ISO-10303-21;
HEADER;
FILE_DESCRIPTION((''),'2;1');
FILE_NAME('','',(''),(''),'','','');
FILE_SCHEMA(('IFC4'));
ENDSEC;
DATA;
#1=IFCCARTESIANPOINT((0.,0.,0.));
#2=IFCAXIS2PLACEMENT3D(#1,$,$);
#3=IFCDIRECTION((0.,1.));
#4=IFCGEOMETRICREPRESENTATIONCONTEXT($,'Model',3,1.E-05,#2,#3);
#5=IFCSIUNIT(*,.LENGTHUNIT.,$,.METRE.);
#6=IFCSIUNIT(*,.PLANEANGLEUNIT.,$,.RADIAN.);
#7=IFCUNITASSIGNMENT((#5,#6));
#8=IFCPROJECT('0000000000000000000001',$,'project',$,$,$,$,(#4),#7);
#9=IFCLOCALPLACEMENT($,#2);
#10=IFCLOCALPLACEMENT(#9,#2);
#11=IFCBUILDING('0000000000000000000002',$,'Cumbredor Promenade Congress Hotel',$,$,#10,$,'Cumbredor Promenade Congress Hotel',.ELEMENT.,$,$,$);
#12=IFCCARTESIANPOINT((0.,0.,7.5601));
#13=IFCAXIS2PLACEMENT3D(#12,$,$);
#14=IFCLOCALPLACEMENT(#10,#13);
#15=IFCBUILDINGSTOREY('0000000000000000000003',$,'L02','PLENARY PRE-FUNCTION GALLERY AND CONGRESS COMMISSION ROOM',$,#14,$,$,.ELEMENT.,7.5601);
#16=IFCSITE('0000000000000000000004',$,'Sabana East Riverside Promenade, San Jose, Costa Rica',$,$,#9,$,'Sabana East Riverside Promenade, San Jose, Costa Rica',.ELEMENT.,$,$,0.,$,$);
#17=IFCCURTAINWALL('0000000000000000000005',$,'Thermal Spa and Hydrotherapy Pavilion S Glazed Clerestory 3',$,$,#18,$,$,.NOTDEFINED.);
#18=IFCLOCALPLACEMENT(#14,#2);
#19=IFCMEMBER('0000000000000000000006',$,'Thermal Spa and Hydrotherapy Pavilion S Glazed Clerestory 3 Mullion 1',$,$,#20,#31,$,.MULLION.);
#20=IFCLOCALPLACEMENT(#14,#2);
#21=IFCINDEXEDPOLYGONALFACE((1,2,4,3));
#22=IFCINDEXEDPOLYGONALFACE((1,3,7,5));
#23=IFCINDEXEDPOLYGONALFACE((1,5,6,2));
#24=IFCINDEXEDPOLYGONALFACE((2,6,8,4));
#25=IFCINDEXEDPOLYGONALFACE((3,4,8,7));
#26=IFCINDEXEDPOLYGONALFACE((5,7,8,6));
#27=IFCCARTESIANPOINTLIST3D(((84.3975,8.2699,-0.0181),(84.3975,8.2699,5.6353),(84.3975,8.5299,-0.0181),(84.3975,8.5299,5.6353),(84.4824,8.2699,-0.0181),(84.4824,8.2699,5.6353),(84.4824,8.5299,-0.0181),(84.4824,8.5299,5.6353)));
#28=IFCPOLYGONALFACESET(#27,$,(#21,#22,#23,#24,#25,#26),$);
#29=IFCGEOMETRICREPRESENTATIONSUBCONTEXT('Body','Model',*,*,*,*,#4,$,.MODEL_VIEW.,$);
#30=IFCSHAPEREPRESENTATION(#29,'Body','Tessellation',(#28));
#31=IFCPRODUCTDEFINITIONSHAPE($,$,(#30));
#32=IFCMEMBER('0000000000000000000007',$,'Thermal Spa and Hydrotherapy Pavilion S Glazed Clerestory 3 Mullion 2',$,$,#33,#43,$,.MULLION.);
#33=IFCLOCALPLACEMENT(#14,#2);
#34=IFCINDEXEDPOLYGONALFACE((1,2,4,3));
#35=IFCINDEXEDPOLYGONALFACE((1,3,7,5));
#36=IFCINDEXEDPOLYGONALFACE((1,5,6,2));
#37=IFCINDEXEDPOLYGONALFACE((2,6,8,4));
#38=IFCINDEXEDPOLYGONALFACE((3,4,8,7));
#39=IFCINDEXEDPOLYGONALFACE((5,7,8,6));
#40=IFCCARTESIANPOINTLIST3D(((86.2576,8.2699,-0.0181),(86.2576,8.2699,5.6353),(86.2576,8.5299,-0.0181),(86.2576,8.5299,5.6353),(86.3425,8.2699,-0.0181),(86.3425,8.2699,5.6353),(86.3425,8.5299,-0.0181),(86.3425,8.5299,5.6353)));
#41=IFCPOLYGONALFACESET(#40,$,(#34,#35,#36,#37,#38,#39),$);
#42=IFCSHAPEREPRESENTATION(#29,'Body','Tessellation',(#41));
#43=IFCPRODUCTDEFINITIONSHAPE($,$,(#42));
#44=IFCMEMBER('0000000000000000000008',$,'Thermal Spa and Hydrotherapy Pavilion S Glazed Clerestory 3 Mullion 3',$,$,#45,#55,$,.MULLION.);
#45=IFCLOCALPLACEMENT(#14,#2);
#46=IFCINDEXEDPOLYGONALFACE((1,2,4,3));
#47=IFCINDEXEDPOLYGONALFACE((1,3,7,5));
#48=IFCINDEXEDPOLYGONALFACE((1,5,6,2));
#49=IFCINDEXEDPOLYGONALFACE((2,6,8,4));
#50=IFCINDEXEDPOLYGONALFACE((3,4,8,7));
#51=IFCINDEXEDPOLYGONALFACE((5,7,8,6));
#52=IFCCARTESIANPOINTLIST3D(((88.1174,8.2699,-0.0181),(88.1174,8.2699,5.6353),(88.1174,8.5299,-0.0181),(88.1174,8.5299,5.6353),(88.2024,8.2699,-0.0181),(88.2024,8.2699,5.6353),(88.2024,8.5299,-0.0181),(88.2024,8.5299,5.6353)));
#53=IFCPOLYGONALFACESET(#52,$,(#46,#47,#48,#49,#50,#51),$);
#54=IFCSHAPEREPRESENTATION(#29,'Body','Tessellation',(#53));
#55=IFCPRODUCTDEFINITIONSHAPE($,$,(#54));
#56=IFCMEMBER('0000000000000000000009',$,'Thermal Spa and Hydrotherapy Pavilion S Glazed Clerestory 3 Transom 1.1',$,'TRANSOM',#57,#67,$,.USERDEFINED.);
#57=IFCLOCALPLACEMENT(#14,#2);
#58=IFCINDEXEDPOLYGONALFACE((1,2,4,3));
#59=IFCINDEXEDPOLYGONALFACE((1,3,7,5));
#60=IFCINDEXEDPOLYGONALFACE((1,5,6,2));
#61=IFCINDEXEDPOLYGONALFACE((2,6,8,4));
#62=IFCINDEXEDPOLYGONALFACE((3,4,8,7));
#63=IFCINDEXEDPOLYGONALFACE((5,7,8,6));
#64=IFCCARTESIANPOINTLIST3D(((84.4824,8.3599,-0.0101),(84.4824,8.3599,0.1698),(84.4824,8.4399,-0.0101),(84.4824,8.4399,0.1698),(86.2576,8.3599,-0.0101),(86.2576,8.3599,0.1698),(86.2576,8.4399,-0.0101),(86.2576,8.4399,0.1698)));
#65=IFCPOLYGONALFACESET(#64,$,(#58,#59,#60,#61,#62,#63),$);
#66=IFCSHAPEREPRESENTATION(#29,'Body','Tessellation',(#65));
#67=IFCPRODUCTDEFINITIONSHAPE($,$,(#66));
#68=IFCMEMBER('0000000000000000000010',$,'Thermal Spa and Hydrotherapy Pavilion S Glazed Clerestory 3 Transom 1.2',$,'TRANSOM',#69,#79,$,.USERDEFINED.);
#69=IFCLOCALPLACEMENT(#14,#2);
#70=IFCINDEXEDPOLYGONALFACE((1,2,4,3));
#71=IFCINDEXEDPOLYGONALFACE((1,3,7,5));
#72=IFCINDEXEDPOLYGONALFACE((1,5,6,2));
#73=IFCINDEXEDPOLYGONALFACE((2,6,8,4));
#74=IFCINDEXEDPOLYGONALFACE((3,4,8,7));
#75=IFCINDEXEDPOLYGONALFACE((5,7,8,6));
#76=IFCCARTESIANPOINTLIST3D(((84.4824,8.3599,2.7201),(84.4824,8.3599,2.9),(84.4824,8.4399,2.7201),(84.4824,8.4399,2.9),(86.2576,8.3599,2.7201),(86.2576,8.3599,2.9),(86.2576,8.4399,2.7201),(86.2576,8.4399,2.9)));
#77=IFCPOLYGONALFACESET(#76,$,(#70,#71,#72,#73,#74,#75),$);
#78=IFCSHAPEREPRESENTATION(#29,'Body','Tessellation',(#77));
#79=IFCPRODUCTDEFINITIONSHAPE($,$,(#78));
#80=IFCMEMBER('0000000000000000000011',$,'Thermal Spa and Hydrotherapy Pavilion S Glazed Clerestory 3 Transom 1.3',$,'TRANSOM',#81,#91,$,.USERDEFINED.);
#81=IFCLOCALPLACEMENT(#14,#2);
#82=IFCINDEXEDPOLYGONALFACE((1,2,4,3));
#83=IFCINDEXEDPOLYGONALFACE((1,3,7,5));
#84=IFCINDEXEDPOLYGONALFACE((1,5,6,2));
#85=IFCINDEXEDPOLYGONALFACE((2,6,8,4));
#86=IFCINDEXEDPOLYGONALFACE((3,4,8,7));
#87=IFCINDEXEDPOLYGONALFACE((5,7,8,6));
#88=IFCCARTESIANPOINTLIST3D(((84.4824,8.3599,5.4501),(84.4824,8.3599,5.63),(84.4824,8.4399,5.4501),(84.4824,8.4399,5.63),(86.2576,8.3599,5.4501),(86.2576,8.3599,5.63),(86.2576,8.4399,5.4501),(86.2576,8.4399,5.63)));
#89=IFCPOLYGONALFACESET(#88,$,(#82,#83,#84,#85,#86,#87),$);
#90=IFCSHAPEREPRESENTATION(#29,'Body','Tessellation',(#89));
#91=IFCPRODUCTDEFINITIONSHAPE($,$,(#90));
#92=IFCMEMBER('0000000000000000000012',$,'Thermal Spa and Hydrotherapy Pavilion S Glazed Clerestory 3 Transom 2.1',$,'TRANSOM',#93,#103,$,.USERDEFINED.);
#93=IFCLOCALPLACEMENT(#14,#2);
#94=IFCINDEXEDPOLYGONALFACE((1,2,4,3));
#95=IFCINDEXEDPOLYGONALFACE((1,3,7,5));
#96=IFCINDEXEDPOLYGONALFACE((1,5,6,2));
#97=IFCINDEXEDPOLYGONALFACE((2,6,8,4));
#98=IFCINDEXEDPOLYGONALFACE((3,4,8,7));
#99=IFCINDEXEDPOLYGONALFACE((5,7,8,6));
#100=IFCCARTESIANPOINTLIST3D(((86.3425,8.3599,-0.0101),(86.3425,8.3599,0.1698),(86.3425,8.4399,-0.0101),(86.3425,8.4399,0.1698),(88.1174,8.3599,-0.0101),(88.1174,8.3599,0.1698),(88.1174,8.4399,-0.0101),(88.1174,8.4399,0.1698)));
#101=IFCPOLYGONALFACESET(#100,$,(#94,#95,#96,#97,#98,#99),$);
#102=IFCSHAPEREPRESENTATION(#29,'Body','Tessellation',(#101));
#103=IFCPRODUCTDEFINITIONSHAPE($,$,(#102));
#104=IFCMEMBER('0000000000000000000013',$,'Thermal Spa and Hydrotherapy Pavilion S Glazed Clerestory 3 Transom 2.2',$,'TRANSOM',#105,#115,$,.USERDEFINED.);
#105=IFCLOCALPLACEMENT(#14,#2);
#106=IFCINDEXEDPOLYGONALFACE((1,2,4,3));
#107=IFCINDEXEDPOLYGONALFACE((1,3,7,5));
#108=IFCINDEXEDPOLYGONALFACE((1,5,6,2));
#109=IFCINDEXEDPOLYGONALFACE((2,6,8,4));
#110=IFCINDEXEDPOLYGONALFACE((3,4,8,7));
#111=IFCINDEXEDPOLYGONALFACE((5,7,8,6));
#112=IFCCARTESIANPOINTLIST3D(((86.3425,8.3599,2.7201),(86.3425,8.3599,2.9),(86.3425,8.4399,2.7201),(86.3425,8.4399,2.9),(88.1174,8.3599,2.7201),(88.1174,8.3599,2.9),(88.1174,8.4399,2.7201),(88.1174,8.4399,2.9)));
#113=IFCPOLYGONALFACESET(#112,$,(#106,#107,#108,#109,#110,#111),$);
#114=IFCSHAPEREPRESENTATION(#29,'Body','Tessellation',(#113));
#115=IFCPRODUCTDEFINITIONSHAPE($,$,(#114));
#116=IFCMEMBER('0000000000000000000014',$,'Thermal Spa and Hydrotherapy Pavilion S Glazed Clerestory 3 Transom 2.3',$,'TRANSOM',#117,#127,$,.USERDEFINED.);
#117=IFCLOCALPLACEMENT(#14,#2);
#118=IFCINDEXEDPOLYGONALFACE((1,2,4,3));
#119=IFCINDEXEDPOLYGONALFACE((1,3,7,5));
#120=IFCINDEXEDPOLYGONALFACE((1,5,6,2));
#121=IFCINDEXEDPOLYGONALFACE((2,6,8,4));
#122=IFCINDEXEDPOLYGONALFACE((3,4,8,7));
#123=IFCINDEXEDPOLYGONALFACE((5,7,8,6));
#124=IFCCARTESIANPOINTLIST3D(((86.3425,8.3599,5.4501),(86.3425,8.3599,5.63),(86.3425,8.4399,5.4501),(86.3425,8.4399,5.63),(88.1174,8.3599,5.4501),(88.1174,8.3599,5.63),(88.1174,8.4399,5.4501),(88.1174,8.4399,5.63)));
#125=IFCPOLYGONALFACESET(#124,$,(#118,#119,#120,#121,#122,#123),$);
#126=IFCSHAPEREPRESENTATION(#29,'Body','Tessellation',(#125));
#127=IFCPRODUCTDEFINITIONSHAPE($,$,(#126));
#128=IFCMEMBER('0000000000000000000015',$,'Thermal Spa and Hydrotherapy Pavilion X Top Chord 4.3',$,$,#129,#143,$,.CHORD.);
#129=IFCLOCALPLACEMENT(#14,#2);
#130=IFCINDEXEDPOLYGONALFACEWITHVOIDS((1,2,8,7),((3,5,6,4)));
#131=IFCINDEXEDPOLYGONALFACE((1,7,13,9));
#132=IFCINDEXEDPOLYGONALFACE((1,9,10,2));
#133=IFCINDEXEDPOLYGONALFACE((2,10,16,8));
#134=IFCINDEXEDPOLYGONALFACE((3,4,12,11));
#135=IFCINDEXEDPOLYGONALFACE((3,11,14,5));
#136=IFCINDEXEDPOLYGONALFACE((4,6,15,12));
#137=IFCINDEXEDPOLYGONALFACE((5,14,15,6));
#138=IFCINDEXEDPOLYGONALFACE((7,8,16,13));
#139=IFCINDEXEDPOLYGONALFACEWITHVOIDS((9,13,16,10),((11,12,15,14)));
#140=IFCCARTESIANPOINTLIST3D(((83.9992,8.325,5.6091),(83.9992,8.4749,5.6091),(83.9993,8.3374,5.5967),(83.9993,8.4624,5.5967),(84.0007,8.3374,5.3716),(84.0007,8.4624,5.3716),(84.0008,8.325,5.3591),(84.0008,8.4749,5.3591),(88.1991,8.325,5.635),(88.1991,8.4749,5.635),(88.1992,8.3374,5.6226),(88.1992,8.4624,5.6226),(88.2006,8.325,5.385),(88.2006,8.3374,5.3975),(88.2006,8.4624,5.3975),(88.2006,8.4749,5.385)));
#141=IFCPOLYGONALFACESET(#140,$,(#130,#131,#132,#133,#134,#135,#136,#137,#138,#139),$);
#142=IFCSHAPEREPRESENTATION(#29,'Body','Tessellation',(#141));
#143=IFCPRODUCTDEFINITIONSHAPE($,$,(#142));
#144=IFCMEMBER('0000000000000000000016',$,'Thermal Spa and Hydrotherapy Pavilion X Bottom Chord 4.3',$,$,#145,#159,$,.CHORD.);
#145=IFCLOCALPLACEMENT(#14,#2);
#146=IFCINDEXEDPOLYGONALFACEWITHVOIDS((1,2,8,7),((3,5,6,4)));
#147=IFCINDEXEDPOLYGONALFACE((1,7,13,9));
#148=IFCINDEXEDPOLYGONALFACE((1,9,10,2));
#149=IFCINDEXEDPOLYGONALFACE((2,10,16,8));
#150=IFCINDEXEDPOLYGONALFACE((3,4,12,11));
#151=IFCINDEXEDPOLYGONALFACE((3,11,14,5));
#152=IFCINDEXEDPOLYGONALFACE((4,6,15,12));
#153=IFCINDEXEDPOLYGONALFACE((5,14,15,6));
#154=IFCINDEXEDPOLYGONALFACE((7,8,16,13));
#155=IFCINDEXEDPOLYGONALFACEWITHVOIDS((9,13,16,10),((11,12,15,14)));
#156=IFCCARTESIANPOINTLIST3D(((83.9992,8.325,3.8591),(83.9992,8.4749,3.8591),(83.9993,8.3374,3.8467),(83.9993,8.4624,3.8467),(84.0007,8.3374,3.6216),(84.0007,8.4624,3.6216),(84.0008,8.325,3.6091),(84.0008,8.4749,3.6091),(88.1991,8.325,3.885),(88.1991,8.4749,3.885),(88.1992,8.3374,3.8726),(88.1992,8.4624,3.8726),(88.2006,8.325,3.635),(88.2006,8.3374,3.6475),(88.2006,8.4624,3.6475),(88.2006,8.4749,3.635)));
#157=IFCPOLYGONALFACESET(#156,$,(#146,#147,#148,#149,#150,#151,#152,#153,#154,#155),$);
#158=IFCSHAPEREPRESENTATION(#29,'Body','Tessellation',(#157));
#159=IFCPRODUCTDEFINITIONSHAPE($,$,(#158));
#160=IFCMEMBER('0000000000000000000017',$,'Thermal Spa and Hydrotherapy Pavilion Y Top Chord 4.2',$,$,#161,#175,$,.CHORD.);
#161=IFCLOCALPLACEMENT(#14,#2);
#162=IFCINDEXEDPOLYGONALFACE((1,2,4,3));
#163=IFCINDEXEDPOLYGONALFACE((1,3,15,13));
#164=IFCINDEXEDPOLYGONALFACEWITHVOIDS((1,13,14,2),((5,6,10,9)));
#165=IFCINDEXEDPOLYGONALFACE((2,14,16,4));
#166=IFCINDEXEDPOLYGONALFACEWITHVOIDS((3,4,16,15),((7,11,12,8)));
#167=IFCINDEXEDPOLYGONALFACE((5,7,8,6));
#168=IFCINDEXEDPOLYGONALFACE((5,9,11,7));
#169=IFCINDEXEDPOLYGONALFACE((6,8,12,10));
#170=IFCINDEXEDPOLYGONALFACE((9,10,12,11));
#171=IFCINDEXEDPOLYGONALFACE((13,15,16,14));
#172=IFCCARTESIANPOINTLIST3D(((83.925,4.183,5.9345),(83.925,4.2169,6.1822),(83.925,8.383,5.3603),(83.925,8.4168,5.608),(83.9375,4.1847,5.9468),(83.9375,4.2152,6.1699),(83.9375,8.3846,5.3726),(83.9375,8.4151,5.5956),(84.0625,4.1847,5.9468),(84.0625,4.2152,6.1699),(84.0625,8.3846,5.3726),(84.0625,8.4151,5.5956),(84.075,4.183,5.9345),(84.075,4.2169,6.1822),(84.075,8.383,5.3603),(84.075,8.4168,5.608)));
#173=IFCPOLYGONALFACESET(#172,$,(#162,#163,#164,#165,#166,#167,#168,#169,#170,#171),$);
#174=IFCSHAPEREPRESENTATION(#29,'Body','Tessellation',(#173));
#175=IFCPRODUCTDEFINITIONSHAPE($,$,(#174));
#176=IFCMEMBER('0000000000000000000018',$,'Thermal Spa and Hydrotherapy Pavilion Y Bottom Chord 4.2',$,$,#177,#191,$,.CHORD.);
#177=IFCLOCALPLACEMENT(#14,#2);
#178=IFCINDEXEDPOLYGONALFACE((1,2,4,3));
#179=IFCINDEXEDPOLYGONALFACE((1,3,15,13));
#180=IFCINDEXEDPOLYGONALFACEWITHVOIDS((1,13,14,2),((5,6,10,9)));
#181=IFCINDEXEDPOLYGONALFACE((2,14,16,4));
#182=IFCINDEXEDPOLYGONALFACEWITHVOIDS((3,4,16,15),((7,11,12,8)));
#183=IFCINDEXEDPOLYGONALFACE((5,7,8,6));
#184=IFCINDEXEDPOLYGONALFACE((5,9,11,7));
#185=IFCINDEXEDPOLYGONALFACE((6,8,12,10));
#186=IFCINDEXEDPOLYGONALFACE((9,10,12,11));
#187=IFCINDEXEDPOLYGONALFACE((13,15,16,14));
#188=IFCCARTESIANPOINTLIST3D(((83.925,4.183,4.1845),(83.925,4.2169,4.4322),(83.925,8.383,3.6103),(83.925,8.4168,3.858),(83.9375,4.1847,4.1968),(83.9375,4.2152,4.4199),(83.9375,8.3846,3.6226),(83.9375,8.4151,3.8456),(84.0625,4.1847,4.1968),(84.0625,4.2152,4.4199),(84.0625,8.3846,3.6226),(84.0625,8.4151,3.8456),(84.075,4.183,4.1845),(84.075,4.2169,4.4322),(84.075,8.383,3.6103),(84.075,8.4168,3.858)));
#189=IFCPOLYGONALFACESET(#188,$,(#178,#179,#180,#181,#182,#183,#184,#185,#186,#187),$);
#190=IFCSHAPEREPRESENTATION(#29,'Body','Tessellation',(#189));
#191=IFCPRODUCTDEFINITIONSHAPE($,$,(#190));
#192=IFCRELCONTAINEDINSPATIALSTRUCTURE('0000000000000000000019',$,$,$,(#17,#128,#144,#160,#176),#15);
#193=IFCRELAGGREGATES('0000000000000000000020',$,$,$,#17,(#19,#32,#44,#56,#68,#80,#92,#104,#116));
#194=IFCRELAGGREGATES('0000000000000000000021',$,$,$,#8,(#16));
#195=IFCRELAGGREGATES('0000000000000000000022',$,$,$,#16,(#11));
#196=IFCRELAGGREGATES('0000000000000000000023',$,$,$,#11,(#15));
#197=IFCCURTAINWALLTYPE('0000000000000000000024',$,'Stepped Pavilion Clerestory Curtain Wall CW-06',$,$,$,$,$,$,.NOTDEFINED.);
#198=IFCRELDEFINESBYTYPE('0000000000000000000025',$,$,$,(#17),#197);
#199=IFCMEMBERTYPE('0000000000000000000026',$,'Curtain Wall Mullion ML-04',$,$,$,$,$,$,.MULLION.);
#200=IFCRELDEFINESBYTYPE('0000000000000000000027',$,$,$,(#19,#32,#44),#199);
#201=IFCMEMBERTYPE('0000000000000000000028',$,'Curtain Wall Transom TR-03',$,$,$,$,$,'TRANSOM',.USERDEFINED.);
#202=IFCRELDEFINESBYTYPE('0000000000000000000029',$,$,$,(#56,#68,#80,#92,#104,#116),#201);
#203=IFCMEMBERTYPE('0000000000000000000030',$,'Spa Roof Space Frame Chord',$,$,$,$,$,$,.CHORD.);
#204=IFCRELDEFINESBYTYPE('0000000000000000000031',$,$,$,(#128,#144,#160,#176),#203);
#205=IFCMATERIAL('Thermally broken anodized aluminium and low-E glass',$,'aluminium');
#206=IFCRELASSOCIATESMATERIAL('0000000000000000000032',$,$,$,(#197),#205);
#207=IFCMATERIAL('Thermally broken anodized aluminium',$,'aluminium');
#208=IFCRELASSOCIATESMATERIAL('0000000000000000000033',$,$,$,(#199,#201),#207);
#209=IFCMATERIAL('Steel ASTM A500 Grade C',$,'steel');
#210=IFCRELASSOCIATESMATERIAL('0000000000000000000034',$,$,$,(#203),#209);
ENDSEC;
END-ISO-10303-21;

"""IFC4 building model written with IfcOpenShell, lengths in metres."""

from ifc_helpers import new_model, si_unit, direction, frame, origin, origin_2d, place, context, subcontext, project, spatial, rectangle, hollow_rectangle, extrude, material, material_profile, profile_set, type_object, element, aggregate, save


model = new_model("IFC4")

# Units and contexts
model_context = context("Model", 3, precision=1e-05, world=origin(), true_north=direction((0.0, 1.0)))
body_context = subcontext(model_context, "Body", "Model", "MODEL_VIEW")
ifc_project = project(units=[si_unit("LENGTHUNIT", "METRE"), si_unit("PLANEANGLEUNIT", "RADIAN")], contexts=[model_context])

# Site, building, storey
site_placement = place(None, origin())
site = spatial("IfcSite", under=ifc_project, at=site_placement, Name="Sabana East Riverside Promenade, San Jose, Costa Rica", LongName="Sabana East Riverside Promenade, San Jose, Costa Rica", CompositionType="ELEMENT", RefElevation=0.0)
building_placement = place(site_placement, origin())
building = spatial("IfcBuilding", under=site, at=building_placement, Name="Cumbredor Promenade Congress Hotel", LongName="Cumbredor Promenade Congress Hotel", CompositionType="ELEMENT")
storey_placement = place(building_placement, frame((0.0, 0.0, 7.5601)))
storey = spatial("IfcBuildingStorey", under=building, at=storey_placement, Name="L02", Description="PLENARY PRE-FUNCTION GALLERY AND CONGRESS COMMISSION ROOM", CompositionType="ELEMENT", Elevation=7.5601)

# Curtain wall, members
ifc_material_1 = material(Name="Thermally broken anodized aluminium and low-E glass", Category="aluminium")
curtain_wall_type = type_object("IfcCurtainWallType", Name="Stepped Pavilion Clerestory Curtain Wall CW-06", PredefinedType="NOTDEFINED", material=ifc_material_1)
curtain_wall_placement = place(storey_placement, origin())
curtain_wall = element("IfcCurtainWall", 1, at=curtain_wall_placement, inside=storey, type_object=curtain_wall_type, Name="Thermal Spa and Hydrotherapy Pavilion S Glazed Clerestory 3", PredefinedType="NOTDEFINED")
ifc_material_2 = material(Name="Thermally broken anodized aluminium", Category="aluminium")
ifc_material_profile_1 = material_profile(ifc_material_2, rectangle(XDim=0.085, YDim=0.26, at=origin_2d()), Name="ALU MULLION CLERESTORY 85x260")
ifc_profile_set_1 = profile_set([ifc_material_profile_1], Name="Thermally broken anodized aluminium")
member_type_1 = type_object("IfcMemberType", Name="Curtain Wall Mullion ML-04", PredefinedType="MULLION", material=ifc_profile_set_1)
member_1_placement = place(storey_placement, frame((84.4399, 8.3999, -0.0181), z_axis=(0.0, 0.0, 1.0), x_axis=(1.0, 0.0, 0.0)))
member_1 = element("IfcMember", 2, at=member_1_placement, type_object=member_type_1, Name="Thermal Spa and Hydrotherapy Pavilion S Glazed Clerestory 3 Mullion 1", PredefinedType="MULLION", context=body_context, shape_type="SweptSolid", body=[
    extrude(rectangle(XDim=0.085, YDim=0.26, at=origin_2d()), origin(), (0.0, 0.0, 1.0), 5.6533),
])
member_2_placement = place(storey_placement, frame((86.3, 8.3999, -0.0181), z_axis=(0.0, 0.0, 1.0), x_axis=(1.0, 0.0, 0.0)))
member_2 = element("IfcMember", 3, at=member_2_placement, type_object=member_type_1, Name="Thermal Spa and Hydrotherapy Pavilion S Glazed Clerestory 3 Mullion 2", PredefinedType="MULLION", context=body_context, shape_type="SweptSolid", body=[
    extrude(rectangle(XDim=0.085, YDim=0.26, at=origin_2d()), origin(), (0.0, 0.0, 1.0), 5.6533),
])
member_3_placement = place(storey_placement, frame((88.1599, 8.3999, -0.0181), z_axis=(0.0, 0.0, 1.0), x_axis=(1.0, 0.0, 0.0)))
member_3 = element("IfcMember", 4, at=member_3_placement, type_object=member_type_1, Name="Thermal Spa and Hydrotherapy Pavilion S Glazed Clerestory 3 Mullion 3", PredefinedType="MULLION", context=body_context, shape_type="SweptSolid", body=[
    extrude(rectangle(XDim=0.085, YDim=0.26, at=origin_2d()), origin(), (0.0, 0.0, 1.0), 5.6533),
])
ifc_material_profile_2 = material_profile(ifc_material_2, rectangle(XDim=0.0801, YDim=0.1799, at=origin_2d()), Name="ALU TRANSOM 80x180")
ifc_profile_set_2 = profile_set([ifc_material_profile_2], Name="Thermally broken anodized aluminium")
member_type_2 = type_object("IfcMemberType", Name="Curtain Wall Transom TR-03", ElementType="TRANSOM", PredefinedType="USERDEFINED", material=ifc_profile_set_2)
member_4_placement = place(storey_placement, frame((84.4824, 8.3999, 0.0798), z_axis=(1.0, 0.0, 0.0), x_axis=(0.0, 1.0, 0.0)))
member_4 = element("IfcMember", 5, at=member_4_placement, type_object=member_type_2, Name="Thermal Spa and Hydrotherapy Pavilion S Glazed Clerestory 3 Transom 1.1", ObjectType="TRANSOM", PredefinedType="USERDEFINED", context=body_context, shape_type="SweptSolid", body=[
    extrude(rectangle(XDim=0.0801, YDim=0.1799, at=origin_2d()), origin(), (0.0, 0.0, 1.0), 1.7751),
])
member_5_placement = place(storey_placement, frame((84.4824, 8.3999, 2.8101), z_axis=(1.0, 0.0, 0.0), x_axis=(0.0, 1.0, 0.0)))
member_5 = element("IfcMember", 6, at=member_5_placement, type_object=member_type_2, Name="Thermal Spa and Hydrotherapy Pavilion S Glazed Clerestory 3 Transom 1.2", ObjectType="TRANSOM", PredefinedType="USERDEFINED", context=body_context, shape_type="SweptSolid", body=[
    extrude(rectangle(XDim=0.0801, YDim=0.1799, at=origin_2d()), origin(), (0.0, 0.0, 1.0), 1.7751),
])
member_6_placement = place(storey_placement, frame((84.4824, 8.3999, 5.54), z_axis=(1.0, 0.0, 0.0), x_axis=(0.0, 1.0, 0.0)))
member_6 = element("IfcMember", 7, at=member_6_placement, type_object=member_type_2, Name="Thermal Spa and Hydrotherapy Pavilion S Glazed Clerestory 3 Transom 1.3", ObjectType="TRANSOM", PredefinedType="USERDEFINED", context=body_context, shape_type="SweptSolid", body=[
    extrude(rectangle(XDim=0.0801, YDim=0.1799, at=origin_2d()), origin(), (0.0, 0.0, 1.0), 1.7751),
])
member_7_placement = place(storey_placement, frame((86.3425, 8.3999, 0.0798), z_axis=(1.0, 0.0, 0.0), x_axis=(0.0, 1.0, 0.0)))
member_7 = element("IfcMember", 8, at=member_7_placement, type_object=member_type_2, Name="Thermal Spa and Hydrotherapy Pavilion S Glazed Clerestory 3 Transom 2.1", ObjectType="TRANSOM", PredefinedType="USERDEFINED", context=body_context, shape_type="SweptSolid", body=[
    extrude(rectangle(XDim=0.0801, YDim=0.1799, at=origin_2d()), origin(), (0.0, 0.0, 1.0), 1.7749),
])
member_8_placement = place(storey_placement, frame((86.3425, 8.3999, 2.8101), z_axis=(1.0, 0.0, 0.0), x_axis=(0.0, 1.0, 0.0)))
member_8 = element("IfcMember", 9, at=member_8_placement, type_object=member_type_2, Name="Thermal Spa and Hydrotherapy Pavilion S Glazed Clerestory 3 Transom 2.2", ObjectType="TRANSOM", PredefinedType="USERDEFINED", context=body_context, shape_type="SweptSolid", body=[
    extrude(rectangle(XDim=0.0801, YDim=0.1799, at=origin_2d()), origin(), (0.0, 0.0, 1.0), 1.7749),
])
member_9_placement = place(storey_placement, frame((86.3425, 8.3999, 5.54), z_axis=(1.0, 0.0, 0.0), x_axis=(0.0, 1.0, 0.0)))
member_9 = element("IfcMember", 10, at=member_9_placement, type_object=member_type_2, Name="Thermal Spa and Hydrotherapy Pavilion S Glazed Clerestory 3 Transom 2.3", ObjectType="TRANSOM", PredefinedType="USERDEFINED", context=body_context, shape_type="SweptSolid", body=[
    extrude(rectangle(XDim=0.0801, YDim=0.1799, at=origin_2d()), origin(), (0.0, 0.0, 1.0), 1.7749),
])

# Members
ifc_material_3 = material(Name="Steel ASTM A500 Grade C", Category="steel")
ifc_material_profile_3 = material_profile(ifc_material_3, hollow_rectangle(XDim=0.1499, YDim=0.25, WallThickness=0.0125, at=origin_2d()), Name="HSS 250x150x12.5")
ifc_profile_set_3 = profile_set([ifc_material_profile_3], Name="Steel ASTM A500 Grade C")
member_type_3 = type_object("IfcMemberType", Name="Spa Roof Space Frame Chord", PredefinedType="CHORD", material=ifc_profile_set_3)
for number, where, z_axis, x_axis, name in (
    (11, (84.0, 8.3999, 5.4841), (0.999981, 0.0, 0.006162), (0.0, 1.0, 0.0), "Thermal Spa and Hydrotherapy Pavilion X Top Chord 4.3"),
    (12, (84.0, 8.3999, 3.7341), (0.999981, 0.0, 0.006162), (0.0, 1.0, 0.0), "Thermal Spa and Hydrotherapy Pavilion X Bottom Chord 4.3"),
):
    element("IfcMember", number, at=place(storey_placement, frame(where, z_axis=z_axis, x_axis=x_axis)), inside=storey, type_object=member_type_3, Name=name, PredefinedType="CHORD", context=body_context, shape_type="SweptSolid", body=[
        extrude(hollow_rectangle(XDim=0.1499, YDim=0.25, WallThickness=0.0125, at=origin_2d()), origin(), (0.0, 0.0, 1.0), 4.2),
    ])
for number, where, z_axis, x_axis, name in (
    (13, (84.0, 4.2, 6.0583), (0.0, 0.990783, -0.13546), (-1.0, 0.0, 0.0), "Thermal Spa and Hydrotherapy Pavilion Y Top Chord 4.2"),
    (14, (84.0, 4.2, 4.3083), (0.0, 0.990783, -0.13546), (-1.0, 0.0, 0.0), "Thermal Spa and Hydrotherapy Pavilion Y Bottom Chord 4.2"),
):
    element("IfcMember", number, at=place(storey_placement, frame(where, z_axis=z_axis, x_axis=x_axis)), inside=storey, type_object=member_type_3, Name=name, PredefinedType="CHORD", context=body_context, shape_type="SweptSolid", body=[
        extrude(hollow_rectangle(XDim=0.1499, YDim=0.25, WallThickness=0.0125, at=origin_2d()), origin(), (0.0, 0.0, 1.0), 4.239),
    ])

aggregate(curtain_wall, [member_1, member_2, member_3, member_4, member_5, member_6, member_7, member_8, member_9])

save(model, "model.ifc")
